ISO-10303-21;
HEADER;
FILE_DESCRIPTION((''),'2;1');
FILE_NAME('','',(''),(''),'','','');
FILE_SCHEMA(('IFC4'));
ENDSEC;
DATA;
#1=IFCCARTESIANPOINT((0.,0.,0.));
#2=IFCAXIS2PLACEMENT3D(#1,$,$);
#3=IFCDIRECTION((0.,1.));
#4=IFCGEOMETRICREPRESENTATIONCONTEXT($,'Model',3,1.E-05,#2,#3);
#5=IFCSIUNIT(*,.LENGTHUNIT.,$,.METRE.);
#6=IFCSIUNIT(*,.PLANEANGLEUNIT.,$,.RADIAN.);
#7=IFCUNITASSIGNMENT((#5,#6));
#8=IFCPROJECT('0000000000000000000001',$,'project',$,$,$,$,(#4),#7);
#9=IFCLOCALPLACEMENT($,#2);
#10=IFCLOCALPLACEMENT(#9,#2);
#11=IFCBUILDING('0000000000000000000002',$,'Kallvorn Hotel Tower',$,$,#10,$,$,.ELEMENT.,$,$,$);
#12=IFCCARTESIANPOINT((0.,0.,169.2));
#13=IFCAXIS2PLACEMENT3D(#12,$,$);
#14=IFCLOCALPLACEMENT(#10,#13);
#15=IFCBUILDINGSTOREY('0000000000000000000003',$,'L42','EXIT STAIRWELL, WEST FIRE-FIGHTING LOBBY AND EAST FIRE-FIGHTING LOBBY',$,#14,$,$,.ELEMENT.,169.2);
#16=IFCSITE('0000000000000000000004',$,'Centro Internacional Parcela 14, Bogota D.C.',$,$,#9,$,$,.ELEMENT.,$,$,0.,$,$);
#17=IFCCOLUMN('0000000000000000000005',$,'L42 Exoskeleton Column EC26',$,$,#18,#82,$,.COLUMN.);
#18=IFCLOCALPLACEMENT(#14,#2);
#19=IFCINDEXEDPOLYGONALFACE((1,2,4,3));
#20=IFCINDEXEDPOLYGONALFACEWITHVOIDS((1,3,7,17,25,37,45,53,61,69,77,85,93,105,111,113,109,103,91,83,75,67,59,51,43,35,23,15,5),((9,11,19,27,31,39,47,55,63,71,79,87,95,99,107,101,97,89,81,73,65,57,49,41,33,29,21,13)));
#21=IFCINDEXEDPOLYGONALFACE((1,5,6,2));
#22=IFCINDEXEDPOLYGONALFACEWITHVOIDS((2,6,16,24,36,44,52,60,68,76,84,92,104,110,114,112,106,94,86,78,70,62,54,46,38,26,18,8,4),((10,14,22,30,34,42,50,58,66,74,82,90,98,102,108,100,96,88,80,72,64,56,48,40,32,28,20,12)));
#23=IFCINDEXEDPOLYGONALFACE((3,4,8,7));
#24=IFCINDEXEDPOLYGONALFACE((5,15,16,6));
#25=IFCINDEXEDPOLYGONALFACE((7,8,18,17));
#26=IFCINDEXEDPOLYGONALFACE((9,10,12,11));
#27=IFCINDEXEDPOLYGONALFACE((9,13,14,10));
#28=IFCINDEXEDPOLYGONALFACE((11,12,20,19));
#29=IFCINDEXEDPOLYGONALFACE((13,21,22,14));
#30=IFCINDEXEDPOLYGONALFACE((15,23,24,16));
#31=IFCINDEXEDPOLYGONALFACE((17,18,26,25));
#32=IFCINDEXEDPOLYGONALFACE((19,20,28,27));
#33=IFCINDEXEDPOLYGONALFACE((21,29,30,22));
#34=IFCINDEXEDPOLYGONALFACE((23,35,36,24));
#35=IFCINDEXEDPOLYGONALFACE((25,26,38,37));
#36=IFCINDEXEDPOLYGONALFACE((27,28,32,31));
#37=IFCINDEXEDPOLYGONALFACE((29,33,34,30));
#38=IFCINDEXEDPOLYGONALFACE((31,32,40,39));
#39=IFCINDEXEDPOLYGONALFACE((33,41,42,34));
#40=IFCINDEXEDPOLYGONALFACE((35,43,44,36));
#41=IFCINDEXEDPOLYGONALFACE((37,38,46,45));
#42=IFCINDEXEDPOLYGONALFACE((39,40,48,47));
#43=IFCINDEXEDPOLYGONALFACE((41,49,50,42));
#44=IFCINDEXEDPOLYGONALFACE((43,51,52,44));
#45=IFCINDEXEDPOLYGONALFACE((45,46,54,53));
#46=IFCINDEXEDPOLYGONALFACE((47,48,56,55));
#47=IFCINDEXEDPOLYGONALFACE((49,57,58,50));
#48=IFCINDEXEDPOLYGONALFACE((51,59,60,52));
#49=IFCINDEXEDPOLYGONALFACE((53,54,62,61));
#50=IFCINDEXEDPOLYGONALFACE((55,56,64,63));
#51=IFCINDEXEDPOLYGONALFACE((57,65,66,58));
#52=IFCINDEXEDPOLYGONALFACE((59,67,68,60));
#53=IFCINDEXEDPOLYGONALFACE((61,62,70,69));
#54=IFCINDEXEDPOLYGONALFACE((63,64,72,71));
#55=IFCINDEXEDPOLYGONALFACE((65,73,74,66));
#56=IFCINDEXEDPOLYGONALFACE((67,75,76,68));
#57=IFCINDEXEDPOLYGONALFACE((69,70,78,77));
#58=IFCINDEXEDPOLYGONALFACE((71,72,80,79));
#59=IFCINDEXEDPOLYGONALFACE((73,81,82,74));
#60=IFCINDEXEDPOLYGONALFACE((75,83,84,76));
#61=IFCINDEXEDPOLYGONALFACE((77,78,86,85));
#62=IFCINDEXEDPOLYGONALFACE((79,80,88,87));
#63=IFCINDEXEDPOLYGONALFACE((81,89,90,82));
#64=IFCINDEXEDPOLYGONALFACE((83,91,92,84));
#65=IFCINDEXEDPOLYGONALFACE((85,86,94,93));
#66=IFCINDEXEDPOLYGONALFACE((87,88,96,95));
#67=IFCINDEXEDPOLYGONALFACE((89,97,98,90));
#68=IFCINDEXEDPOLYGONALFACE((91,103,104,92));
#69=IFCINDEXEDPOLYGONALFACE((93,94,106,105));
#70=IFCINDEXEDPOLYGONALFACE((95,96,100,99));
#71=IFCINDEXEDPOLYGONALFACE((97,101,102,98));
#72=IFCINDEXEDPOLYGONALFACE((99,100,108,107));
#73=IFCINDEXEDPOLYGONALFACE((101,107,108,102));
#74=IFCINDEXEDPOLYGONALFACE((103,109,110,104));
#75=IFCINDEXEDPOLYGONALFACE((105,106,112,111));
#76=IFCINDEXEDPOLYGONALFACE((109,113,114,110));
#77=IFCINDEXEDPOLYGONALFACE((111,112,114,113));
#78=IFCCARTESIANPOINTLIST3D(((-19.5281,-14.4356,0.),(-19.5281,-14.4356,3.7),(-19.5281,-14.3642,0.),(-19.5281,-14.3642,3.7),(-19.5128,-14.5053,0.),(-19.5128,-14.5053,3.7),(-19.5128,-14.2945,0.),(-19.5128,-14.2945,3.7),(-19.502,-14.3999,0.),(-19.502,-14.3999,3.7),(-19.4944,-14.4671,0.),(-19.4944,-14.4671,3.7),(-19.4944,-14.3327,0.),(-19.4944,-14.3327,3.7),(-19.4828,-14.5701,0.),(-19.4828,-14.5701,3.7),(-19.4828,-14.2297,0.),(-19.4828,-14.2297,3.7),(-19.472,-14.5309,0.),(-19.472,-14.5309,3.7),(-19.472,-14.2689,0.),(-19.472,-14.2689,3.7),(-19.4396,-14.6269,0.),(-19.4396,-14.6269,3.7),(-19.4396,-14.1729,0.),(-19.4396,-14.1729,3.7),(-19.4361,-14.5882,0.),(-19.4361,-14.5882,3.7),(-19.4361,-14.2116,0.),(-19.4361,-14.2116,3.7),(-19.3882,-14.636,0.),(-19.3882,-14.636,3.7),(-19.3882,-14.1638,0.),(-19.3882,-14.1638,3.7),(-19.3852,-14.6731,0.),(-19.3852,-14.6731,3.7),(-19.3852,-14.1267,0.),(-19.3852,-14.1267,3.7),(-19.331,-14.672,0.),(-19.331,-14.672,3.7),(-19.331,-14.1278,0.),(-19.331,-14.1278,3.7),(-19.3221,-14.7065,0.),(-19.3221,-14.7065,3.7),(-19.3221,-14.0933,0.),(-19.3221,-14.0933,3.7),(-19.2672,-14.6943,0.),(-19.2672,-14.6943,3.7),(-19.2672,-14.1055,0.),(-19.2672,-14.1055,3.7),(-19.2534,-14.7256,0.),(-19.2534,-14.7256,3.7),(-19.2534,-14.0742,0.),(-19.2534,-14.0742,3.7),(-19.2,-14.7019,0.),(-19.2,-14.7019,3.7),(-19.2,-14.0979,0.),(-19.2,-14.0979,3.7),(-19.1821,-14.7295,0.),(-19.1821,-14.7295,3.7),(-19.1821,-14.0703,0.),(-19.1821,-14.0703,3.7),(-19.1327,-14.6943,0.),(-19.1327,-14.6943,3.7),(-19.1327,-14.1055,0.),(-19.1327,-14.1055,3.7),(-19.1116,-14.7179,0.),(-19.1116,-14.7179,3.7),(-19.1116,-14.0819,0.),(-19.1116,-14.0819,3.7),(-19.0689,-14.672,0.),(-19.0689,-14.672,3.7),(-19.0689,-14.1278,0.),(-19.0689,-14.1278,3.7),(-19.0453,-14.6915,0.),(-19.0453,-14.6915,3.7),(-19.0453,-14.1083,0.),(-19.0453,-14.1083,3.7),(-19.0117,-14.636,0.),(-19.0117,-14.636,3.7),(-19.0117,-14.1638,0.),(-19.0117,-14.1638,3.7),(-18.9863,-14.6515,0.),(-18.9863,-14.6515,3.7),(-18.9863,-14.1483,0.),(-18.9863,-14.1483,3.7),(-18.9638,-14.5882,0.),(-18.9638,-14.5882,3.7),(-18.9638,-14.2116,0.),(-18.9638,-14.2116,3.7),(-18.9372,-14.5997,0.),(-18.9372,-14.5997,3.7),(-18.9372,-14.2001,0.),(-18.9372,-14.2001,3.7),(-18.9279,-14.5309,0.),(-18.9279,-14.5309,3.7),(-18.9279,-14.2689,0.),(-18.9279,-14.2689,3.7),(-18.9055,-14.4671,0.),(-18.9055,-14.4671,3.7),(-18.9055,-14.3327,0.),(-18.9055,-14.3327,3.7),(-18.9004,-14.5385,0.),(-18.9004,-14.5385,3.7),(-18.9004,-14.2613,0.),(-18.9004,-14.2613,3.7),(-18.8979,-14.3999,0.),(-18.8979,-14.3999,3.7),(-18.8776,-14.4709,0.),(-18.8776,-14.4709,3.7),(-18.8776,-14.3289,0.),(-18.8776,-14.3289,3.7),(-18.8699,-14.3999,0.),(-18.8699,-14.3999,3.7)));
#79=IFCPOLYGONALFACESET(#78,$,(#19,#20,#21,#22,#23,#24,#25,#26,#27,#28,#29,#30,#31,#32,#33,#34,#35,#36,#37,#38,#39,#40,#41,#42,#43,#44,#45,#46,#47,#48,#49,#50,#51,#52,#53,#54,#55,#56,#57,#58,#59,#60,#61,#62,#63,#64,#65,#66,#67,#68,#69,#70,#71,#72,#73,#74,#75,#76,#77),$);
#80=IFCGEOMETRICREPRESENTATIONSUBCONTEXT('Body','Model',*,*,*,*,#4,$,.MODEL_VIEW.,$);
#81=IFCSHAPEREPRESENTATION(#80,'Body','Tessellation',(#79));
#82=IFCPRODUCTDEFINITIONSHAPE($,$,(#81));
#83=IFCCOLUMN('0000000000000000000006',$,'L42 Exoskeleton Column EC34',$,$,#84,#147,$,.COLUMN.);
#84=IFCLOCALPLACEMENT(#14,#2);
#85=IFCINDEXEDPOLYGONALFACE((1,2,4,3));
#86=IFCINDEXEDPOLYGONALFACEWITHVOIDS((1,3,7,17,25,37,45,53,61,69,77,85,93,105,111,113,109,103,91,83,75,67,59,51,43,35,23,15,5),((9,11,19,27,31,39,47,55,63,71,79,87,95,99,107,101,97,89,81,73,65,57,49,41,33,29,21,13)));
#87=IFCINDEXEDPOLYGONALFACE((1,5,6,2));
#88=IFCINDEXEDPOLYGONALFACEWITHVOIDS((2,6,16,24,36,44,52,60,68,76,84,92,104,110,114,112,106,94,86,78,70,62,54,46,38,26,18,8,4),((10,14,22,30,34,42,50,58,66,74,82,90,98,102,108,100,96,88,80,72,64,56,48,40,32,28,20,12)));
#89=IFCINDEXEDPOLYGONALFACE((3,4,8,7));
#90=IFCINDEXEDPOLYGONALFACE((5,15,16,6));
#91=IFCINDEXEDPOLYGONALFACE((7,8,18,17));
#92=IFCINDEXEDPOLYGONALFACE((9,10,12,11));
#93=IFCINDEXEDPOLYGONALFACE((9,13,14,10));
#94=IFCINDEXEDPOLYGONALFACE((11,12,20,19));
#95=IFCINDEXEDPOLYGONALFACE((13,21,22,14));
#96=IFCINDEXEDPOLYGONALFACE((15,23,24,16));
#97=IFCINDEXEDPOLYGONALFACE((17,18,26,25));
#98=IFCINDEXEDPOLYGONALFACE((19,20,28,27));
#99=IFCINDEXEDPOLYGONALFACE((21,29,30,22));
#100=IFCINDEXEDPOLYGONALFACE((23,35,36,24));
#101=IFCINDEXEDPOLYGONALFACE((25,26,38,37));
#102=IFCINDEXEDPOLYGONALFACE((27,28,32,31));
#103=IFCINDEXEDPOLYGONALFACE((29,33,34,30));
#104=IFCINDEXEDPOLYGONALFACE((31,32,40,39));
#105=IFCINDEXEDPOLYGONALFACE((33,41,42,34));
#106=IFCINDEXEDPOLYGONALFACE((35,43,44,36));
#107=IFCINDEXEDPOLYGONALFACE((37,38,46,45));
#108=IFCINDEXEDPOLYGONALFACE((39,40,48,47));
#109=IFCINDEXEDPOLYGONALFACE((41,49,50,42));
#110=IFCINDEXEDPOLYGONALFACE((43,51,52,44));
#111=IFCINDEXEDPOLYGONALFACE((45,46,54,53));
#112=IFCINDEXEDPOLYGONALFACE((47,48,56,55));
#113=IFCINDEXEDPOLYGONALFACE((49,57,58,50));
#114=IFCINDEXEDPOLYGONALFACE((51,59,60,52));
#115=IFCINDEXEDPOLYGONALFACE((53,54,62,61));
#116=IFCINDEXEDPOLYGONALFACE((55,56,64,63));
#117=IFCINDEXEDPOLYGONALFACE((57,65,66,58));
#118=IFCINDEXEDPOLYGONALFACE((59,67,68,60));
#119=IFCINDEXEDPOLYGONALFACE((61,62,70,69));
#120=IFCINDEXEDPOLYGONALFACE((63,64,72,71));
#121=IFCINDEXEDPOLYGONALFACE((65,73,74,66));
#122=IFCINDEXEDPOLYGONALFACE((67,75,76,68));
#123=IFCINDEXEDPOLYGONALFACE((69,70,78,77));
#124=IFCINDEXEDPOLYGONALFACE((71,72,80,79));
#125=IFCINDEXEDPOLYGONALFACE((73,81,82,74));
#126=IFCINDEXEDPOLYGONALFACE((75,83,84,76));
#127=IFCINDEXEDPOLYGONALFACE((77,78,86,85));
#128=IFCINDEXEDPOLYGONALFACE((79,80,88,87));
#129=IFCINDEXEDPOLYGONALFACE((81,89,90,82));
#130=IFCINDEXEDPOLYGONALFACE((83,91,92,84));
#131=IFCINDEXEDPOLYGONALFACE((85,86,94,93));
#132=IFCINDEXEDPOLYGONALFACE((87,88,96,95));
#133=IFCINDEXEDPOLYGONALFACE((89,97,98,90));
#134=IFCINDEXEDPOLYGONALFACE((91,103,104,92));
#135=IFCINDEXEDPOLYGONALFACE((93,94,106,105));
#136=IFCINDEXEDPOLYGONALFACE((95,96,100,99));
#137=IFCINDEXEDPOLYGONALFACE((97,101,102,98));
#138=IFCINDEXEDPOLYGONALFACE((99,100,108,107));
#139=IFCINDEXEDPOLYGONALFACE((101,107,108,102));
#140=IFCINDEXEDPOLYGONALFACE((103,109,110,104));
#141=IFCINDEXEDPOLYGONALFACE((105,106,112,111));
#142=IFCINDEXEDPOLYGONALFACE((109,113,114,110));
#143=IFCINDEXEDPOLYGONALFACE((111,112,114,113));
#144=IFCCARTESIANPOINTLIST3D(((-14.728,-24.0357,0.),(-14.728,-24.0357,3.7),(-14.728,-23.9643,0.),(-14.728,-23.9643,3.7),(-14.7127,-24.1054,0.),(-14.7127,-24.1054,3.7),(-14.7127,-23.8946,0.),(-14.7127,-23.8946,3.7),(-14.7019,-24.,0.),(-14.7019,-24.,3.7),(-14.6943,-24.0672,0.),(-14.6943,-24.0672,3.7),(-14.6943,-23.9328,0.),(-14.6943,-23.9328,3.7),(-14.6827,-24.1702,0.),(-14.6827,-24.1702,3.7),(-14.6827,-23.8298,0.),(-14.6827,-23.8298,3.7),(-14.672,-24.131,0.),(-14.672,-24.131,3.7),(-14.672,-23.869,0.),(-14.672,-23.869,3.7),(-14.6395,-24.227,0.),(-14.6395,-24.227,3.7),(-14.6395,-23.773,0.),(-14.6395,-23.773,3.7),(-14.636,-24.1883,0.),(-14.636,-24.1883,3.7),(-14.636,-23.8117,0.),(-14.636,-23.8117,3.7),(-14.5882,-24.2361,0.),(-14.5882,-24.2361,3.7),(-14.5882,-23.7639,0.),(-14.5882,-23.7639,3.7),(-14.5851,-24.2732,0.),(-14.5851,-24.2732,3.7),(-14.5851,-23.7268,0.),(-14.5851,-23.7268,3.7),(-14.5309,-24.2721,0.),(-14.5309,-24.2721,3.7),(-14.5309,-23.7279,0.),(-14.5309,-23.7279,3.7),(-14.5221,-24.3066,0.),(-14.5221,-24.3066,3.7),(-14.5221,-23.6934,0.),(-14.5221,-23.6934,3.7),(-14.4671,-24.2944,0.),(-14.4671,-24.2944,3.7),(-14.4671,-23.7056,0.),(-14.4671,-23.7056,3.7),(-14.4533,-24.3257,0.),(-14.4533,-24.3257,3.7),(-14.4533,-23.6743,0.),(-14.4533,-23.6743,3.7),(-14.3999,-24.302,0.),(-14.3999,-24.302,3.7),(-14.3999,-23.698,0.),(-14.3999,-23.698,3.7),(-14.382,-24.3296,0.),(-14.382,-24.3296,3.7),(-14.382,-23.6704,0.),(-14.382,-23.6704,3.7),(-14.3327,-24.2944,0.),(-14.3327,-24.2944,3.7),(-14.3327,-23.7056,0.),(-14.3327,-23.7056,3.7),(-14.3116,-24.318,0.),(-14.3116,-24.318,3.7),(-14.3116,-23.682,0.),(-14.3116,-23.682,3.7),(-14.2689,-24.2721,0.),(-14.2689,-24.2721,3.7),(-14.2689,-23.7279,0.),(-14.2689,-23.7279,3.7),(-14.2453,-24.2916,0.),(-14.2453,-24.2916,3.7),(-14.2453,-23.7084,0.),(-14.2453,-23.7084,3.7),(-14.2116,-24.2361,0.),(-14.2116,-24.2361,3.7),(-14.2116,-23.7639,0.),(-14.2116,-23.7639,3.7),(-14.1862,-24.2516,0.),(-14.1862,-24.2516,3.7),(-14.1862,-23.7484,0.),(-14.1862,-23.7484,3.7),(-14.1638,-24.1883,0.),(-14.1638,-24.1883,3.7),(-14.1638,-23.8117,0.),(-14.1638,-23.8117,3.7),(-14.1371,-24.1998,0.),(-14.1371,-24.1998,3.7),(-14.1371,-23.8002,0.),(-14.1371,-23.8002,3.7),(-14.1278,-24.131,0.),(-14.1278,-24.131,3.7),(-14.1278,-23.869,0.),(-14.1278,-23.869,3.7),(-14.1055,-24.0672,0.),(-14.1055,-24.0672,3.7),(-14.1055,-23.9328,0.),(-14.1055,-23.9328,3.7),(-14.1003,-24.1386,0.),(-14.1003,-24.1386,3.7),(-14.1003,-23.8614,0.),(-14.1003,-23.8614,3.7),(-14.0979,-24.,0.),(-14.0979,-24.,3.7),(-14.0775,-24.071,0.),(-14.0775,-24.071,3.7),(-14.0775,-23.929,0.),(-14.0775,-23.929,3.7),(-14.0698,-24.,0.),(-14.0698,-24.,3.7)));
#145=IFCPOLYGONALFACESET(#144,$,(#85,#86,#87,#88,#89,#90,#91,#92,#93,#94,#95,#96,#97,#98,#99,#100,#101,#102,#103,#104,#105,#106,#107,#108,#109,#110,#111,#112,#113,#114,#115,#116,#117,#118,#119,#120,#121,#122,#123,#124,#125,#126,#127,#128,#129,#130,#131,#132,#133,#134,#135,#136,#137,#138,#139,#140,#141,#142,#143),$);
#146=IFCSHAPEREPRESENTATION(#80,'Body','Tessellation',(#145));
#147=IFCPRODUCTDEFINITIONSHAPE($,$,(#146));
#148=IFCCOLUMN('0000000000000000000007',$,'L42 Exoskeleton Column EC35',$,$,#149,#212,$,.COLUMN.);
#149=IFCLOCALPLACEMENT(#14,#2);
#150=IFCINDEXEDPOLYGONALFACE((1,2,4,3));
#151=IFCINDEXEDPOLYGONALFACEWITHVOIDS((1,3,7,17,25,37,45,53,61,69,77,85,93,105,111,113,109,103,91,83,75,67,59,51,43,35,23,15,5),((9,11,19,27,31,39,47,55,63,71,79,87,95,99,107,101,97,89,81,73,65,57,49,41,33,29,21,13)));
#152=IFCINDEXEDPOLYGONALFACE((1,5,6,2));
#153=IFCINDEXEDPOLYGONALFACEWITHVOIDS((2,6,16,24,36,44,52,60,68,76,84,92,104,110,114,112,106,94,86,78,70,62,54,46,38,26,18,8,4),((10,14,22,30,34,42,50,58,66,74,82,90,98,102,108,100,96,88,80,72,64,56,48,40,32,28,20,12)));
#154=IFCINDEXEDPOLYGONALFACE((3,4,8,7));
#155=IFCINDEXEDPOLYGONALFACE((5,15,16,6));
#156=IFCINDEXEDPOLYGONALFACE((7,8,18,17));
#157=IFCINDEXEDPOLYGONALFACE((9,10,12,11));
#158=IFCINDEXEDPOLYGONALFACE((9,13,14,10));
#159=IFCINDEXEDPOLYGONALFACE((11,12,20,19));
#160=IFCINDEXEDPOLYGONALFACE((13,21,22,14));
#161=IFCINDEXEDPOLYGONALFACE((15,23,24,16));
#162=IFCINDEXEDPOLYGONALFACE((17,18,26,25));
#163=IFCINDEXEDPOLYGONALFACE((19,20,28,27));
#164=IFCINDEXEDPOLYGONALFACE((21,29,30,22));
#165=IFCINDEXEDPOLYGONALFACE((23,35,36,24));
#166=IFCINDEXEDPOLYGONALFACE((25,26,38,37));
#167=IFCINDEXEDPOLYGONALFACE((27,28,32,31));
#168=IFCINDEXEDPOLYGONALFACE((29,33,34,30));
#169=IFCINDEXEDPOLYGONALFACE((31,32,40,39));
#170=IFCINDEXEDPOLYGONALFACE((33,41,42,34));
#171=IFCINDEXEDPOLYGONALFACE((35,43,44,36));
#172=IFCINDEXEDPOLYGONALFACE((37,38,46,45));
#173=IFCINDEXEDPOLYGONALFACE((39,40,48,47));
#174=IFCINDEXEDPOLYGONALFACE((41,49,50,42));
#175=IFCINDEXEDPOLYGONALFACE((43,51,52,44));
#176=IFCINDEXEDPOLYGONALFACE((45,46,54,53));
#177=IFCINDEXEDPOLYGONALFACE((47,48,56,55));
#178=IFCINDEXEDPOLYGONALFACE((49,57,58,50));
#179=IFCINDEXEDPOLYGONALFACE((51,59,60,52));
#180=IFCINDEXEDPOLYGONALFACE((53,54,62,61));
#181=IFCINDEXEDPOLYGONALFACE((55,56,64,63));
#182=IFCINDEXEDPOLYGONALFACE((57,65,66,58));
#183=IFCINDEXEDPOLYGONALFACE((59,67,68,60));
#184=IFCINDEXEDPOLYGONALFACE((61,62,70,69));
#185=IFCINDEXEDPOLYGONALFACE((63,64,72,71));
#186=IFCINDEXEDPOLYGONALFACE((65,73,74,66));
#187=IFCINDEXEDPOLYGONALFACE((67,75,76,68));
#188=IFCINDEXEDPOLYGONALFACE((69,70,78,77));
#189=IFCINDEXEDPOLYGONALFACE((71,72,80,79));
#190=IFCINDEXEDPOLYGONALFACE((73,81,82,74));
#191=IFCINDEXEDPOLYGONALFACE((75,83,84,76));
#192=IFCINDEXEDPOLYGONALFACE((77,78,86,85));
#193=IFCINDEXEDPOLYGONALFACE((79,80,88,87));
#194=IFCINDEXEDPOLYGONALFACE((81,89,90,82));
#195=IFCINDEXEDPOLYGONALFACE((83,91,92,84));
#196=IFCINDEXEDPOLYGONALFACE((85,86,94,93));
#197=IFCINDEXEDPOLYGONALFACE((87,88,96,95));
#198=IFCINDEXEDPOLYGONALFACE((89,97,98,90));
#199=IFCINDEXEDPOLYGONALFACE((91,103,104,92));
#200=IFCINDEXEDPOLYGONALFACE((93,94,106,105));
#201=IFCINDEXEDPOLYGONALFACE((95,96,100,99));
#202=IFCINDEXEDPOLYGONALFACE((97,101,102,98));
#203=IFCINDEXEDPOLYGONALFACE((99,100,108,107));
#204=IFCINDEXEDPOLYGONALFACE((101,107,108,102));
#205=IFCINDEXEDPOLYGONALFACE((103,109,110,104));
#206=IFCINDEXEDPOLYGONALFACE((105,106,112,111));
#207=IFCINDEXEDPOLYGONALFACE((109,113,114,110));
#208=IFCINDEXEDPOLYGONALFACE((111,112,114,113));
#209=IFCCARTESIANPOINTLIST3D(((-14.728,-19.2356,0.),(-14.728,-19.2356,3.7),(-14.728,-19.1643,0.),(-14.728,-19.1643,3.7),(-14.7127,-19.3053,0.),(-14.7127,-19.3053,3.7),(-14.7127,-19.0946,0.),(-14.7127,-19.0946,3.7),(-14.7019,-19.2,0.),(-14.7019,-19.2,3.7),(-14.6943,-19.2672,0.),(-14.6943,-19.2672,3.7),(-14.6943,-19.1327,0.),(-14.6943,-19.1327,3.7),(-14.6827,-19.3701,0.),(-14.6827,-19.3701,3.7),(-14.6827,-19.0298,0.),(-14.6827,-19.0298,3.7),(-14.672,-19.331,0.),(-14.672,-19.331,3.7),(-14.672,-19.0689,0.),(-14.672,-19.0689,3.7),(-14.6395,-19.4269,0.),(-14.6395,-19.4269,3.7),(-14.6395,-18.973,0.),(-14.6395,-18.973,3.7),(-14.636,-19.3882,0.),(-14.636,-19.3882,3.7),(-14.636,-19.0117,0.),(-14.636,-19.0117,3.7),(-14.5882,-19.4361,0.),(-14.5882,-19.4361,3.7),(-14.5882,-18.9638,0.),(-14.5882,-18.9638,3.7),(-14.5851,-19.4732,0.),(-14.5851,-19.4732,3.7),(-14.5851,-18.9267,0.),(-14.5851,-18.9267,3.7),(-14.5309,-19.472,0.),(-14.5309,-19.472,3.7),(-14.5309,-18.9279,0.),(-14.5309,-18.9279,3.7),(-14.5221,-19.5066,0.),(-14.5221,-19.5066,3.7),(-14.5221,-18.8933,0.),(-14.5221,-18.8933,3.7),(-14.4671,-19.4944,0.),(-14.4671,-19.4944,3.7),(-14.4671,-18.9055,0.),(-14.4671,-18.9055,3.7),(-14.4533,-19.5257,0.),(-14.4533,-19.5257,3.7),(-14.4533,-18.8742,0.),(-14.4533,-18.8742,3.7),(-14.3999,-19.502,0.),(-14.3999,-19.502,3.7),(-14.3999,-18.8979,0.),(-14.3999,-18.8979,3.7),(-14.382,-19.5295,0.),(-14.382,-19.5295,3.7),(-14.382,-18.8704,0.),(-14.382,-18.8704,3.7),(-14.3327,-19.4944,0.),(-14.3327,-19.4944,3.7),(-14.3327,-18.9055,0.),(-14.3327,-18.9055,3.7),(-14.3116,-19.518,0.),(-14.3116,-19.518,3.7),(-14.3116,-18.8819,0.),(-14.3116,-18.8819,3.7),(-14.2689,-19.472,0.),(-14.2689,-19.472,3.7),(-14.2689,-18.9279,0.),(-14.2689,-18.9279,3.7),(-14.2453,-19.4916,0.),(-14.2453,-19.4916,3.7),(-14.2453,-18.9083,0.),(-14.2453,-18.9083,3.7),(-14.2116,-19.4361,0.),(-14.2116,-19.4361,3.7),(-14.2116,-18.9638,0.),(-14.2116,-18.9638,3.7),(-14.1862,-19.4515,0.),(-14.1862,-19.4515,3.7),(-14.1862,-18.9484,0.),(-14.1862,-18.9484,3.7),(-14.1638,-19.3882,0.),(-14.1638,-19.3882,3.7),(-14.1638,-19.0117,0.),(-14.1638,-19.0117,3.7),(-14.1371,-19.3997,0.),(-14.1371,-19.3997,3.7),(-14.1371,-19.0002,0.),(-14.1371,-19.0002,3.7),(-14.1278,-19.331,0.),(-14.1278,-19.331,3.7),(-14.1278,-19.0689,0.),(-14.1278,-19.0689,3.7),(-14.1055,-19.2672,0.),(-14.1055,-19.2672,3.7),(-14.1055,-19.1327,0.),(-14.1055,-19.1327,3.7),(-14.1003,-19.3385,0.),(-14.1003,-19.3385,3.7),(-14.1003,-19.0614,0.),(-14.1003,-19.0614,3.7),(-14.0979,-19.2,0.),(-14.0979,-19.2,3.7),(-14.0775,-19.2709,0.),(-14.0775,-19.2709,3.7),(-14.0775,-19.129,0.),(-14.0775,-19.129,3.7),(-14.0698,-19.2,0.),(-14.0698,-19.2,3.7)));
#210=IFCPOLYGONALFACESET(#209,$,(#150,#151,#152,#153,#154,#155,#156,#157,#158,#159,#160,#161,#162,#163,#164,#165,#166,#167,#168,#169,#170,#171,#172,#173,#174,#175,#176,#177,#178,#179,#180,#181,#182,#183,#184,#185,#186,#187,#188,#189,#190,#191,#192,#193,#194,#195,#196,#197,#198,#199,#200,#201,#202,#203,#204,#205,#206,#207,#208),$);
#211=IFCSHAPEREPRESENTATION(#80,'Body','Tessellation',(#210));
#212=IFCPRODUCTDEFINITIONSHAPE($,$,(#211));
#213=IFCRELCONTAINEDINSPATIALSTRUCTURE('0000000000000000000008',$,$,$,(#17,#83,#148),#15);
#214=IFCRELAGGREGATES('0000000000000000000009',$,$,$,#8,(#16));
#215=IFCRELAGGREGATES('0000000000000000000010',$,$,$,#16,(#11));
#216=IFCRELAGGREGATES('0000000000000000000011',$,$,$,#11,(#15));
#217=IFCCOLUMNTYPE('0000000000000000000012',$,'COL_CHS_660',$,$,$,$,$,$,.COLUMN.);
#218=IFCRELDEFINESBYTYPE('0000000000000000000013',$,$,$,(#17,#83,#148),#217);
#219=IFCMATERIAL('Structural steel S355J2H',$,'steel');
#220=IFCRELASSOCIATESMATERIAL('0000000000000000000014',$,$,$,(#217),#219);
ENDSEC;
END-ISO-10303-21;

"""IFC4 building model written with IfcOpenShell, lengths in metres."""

from ifc_helpers import new_model, si_unit, direction, frame, origin, origin_2d, place, context, subcontext, project, spatial, hollow_circle, extrude, material, material_profile, profile_set, type_object, element, save


model = new_model("IFC4")

# Units and contexts
model_context = context("Model", 3, precision=1e-05, world=origin(), true_north=direction((0.0, 1.0)))
body_context = subcontext(model_context, "Body", "Model", "MODEL_VIEW")
ifc_project = project(units=[si_unit("LENGTHUNIT", "METRE"), si_unit("PLANEANGLEUNIT", "RADIAN")], contexts=[model_context])

# Site, building, storey
site_placement = place(None, origin())
site = spatial("IfcSite", under=ifc_project, at=site_placement, Name="Centro Internacional Parcela 14, Bogota D.C.", CompositionType="ELEMENT", RefElevation=0.0)
building_placement = place(site_placement, origin())
building = spatial("IfcBuilding", under=site, at=building_placement, Name="Kallvorn Hotel Tower", CompositionType="ELEMENT")
storey_placement = place(building_placement, frame((0.0, 0.0, 169.2)))
storey = spatial("IfcBuildingStorey", under=building, at=storey_placement, Name="L42", Description="EXIT STAIRWELL, WEST FIRE-FIGHTING LOBBY AND EAST FIRE-FIGHTING LOBBY", CompositionType="ELEMENT", Elevation=169.2)

# Columns
ifc_material_1 = material(Name="Structural steel S355J2H", Category="steel")
ifc_material_profile_1 = material_profile(ifc_material_1, hollow_circle(Radius=0.3301, WallThickness=0.0281, at=origin_2d()), Name="CHS 660x28")
ifc_profile_set_1 = profile_set([ifc_material_profile_1], Name="Structural steel S355J2H")
column_type_1 = type_object("IfcColumnType", Name="COL_CHS_660", PredefinedType="COLUMN", material=ifc_profile_set_1)
for number, where, z_axis, x_axis, name in (
    (1, (-19.2, -14.3999, 0.0), (0.0, 0.0, 1.0), (1.0, 0.0, 0.0), "L42 Exoskeleton Column EC26"),
    (2, (-14.3999, -24.0, 0.0), (0.0, 0.0, 1.0), (1.0, 0.0, 0.0), "L42 Exoskeleton Column EC34"),
    (3, (-14.3999, -19.2, 0.0), (0.0, 0.0, 1.0), (1.0, 0.0, 0.0), "L42 Exoskeleton Column EC35"),
):
    element("IfcColumn", number, at=place(storey_placement, frame(where, z_axis=z_axis, x_axis=x_axis)), inside=storey, type_object=column_type_1, Name=name, PredefinedType="COLUMN", context=body_context, shape_type="SweptSolid", body=[
        extrude(hollow_circle(Radius=0.3301, WallThickness=0.0281, at=origin_2d()), origin(), (0.0, 0.0, 1.0), 3.7),
    ])

save(model, "model.ifc")
